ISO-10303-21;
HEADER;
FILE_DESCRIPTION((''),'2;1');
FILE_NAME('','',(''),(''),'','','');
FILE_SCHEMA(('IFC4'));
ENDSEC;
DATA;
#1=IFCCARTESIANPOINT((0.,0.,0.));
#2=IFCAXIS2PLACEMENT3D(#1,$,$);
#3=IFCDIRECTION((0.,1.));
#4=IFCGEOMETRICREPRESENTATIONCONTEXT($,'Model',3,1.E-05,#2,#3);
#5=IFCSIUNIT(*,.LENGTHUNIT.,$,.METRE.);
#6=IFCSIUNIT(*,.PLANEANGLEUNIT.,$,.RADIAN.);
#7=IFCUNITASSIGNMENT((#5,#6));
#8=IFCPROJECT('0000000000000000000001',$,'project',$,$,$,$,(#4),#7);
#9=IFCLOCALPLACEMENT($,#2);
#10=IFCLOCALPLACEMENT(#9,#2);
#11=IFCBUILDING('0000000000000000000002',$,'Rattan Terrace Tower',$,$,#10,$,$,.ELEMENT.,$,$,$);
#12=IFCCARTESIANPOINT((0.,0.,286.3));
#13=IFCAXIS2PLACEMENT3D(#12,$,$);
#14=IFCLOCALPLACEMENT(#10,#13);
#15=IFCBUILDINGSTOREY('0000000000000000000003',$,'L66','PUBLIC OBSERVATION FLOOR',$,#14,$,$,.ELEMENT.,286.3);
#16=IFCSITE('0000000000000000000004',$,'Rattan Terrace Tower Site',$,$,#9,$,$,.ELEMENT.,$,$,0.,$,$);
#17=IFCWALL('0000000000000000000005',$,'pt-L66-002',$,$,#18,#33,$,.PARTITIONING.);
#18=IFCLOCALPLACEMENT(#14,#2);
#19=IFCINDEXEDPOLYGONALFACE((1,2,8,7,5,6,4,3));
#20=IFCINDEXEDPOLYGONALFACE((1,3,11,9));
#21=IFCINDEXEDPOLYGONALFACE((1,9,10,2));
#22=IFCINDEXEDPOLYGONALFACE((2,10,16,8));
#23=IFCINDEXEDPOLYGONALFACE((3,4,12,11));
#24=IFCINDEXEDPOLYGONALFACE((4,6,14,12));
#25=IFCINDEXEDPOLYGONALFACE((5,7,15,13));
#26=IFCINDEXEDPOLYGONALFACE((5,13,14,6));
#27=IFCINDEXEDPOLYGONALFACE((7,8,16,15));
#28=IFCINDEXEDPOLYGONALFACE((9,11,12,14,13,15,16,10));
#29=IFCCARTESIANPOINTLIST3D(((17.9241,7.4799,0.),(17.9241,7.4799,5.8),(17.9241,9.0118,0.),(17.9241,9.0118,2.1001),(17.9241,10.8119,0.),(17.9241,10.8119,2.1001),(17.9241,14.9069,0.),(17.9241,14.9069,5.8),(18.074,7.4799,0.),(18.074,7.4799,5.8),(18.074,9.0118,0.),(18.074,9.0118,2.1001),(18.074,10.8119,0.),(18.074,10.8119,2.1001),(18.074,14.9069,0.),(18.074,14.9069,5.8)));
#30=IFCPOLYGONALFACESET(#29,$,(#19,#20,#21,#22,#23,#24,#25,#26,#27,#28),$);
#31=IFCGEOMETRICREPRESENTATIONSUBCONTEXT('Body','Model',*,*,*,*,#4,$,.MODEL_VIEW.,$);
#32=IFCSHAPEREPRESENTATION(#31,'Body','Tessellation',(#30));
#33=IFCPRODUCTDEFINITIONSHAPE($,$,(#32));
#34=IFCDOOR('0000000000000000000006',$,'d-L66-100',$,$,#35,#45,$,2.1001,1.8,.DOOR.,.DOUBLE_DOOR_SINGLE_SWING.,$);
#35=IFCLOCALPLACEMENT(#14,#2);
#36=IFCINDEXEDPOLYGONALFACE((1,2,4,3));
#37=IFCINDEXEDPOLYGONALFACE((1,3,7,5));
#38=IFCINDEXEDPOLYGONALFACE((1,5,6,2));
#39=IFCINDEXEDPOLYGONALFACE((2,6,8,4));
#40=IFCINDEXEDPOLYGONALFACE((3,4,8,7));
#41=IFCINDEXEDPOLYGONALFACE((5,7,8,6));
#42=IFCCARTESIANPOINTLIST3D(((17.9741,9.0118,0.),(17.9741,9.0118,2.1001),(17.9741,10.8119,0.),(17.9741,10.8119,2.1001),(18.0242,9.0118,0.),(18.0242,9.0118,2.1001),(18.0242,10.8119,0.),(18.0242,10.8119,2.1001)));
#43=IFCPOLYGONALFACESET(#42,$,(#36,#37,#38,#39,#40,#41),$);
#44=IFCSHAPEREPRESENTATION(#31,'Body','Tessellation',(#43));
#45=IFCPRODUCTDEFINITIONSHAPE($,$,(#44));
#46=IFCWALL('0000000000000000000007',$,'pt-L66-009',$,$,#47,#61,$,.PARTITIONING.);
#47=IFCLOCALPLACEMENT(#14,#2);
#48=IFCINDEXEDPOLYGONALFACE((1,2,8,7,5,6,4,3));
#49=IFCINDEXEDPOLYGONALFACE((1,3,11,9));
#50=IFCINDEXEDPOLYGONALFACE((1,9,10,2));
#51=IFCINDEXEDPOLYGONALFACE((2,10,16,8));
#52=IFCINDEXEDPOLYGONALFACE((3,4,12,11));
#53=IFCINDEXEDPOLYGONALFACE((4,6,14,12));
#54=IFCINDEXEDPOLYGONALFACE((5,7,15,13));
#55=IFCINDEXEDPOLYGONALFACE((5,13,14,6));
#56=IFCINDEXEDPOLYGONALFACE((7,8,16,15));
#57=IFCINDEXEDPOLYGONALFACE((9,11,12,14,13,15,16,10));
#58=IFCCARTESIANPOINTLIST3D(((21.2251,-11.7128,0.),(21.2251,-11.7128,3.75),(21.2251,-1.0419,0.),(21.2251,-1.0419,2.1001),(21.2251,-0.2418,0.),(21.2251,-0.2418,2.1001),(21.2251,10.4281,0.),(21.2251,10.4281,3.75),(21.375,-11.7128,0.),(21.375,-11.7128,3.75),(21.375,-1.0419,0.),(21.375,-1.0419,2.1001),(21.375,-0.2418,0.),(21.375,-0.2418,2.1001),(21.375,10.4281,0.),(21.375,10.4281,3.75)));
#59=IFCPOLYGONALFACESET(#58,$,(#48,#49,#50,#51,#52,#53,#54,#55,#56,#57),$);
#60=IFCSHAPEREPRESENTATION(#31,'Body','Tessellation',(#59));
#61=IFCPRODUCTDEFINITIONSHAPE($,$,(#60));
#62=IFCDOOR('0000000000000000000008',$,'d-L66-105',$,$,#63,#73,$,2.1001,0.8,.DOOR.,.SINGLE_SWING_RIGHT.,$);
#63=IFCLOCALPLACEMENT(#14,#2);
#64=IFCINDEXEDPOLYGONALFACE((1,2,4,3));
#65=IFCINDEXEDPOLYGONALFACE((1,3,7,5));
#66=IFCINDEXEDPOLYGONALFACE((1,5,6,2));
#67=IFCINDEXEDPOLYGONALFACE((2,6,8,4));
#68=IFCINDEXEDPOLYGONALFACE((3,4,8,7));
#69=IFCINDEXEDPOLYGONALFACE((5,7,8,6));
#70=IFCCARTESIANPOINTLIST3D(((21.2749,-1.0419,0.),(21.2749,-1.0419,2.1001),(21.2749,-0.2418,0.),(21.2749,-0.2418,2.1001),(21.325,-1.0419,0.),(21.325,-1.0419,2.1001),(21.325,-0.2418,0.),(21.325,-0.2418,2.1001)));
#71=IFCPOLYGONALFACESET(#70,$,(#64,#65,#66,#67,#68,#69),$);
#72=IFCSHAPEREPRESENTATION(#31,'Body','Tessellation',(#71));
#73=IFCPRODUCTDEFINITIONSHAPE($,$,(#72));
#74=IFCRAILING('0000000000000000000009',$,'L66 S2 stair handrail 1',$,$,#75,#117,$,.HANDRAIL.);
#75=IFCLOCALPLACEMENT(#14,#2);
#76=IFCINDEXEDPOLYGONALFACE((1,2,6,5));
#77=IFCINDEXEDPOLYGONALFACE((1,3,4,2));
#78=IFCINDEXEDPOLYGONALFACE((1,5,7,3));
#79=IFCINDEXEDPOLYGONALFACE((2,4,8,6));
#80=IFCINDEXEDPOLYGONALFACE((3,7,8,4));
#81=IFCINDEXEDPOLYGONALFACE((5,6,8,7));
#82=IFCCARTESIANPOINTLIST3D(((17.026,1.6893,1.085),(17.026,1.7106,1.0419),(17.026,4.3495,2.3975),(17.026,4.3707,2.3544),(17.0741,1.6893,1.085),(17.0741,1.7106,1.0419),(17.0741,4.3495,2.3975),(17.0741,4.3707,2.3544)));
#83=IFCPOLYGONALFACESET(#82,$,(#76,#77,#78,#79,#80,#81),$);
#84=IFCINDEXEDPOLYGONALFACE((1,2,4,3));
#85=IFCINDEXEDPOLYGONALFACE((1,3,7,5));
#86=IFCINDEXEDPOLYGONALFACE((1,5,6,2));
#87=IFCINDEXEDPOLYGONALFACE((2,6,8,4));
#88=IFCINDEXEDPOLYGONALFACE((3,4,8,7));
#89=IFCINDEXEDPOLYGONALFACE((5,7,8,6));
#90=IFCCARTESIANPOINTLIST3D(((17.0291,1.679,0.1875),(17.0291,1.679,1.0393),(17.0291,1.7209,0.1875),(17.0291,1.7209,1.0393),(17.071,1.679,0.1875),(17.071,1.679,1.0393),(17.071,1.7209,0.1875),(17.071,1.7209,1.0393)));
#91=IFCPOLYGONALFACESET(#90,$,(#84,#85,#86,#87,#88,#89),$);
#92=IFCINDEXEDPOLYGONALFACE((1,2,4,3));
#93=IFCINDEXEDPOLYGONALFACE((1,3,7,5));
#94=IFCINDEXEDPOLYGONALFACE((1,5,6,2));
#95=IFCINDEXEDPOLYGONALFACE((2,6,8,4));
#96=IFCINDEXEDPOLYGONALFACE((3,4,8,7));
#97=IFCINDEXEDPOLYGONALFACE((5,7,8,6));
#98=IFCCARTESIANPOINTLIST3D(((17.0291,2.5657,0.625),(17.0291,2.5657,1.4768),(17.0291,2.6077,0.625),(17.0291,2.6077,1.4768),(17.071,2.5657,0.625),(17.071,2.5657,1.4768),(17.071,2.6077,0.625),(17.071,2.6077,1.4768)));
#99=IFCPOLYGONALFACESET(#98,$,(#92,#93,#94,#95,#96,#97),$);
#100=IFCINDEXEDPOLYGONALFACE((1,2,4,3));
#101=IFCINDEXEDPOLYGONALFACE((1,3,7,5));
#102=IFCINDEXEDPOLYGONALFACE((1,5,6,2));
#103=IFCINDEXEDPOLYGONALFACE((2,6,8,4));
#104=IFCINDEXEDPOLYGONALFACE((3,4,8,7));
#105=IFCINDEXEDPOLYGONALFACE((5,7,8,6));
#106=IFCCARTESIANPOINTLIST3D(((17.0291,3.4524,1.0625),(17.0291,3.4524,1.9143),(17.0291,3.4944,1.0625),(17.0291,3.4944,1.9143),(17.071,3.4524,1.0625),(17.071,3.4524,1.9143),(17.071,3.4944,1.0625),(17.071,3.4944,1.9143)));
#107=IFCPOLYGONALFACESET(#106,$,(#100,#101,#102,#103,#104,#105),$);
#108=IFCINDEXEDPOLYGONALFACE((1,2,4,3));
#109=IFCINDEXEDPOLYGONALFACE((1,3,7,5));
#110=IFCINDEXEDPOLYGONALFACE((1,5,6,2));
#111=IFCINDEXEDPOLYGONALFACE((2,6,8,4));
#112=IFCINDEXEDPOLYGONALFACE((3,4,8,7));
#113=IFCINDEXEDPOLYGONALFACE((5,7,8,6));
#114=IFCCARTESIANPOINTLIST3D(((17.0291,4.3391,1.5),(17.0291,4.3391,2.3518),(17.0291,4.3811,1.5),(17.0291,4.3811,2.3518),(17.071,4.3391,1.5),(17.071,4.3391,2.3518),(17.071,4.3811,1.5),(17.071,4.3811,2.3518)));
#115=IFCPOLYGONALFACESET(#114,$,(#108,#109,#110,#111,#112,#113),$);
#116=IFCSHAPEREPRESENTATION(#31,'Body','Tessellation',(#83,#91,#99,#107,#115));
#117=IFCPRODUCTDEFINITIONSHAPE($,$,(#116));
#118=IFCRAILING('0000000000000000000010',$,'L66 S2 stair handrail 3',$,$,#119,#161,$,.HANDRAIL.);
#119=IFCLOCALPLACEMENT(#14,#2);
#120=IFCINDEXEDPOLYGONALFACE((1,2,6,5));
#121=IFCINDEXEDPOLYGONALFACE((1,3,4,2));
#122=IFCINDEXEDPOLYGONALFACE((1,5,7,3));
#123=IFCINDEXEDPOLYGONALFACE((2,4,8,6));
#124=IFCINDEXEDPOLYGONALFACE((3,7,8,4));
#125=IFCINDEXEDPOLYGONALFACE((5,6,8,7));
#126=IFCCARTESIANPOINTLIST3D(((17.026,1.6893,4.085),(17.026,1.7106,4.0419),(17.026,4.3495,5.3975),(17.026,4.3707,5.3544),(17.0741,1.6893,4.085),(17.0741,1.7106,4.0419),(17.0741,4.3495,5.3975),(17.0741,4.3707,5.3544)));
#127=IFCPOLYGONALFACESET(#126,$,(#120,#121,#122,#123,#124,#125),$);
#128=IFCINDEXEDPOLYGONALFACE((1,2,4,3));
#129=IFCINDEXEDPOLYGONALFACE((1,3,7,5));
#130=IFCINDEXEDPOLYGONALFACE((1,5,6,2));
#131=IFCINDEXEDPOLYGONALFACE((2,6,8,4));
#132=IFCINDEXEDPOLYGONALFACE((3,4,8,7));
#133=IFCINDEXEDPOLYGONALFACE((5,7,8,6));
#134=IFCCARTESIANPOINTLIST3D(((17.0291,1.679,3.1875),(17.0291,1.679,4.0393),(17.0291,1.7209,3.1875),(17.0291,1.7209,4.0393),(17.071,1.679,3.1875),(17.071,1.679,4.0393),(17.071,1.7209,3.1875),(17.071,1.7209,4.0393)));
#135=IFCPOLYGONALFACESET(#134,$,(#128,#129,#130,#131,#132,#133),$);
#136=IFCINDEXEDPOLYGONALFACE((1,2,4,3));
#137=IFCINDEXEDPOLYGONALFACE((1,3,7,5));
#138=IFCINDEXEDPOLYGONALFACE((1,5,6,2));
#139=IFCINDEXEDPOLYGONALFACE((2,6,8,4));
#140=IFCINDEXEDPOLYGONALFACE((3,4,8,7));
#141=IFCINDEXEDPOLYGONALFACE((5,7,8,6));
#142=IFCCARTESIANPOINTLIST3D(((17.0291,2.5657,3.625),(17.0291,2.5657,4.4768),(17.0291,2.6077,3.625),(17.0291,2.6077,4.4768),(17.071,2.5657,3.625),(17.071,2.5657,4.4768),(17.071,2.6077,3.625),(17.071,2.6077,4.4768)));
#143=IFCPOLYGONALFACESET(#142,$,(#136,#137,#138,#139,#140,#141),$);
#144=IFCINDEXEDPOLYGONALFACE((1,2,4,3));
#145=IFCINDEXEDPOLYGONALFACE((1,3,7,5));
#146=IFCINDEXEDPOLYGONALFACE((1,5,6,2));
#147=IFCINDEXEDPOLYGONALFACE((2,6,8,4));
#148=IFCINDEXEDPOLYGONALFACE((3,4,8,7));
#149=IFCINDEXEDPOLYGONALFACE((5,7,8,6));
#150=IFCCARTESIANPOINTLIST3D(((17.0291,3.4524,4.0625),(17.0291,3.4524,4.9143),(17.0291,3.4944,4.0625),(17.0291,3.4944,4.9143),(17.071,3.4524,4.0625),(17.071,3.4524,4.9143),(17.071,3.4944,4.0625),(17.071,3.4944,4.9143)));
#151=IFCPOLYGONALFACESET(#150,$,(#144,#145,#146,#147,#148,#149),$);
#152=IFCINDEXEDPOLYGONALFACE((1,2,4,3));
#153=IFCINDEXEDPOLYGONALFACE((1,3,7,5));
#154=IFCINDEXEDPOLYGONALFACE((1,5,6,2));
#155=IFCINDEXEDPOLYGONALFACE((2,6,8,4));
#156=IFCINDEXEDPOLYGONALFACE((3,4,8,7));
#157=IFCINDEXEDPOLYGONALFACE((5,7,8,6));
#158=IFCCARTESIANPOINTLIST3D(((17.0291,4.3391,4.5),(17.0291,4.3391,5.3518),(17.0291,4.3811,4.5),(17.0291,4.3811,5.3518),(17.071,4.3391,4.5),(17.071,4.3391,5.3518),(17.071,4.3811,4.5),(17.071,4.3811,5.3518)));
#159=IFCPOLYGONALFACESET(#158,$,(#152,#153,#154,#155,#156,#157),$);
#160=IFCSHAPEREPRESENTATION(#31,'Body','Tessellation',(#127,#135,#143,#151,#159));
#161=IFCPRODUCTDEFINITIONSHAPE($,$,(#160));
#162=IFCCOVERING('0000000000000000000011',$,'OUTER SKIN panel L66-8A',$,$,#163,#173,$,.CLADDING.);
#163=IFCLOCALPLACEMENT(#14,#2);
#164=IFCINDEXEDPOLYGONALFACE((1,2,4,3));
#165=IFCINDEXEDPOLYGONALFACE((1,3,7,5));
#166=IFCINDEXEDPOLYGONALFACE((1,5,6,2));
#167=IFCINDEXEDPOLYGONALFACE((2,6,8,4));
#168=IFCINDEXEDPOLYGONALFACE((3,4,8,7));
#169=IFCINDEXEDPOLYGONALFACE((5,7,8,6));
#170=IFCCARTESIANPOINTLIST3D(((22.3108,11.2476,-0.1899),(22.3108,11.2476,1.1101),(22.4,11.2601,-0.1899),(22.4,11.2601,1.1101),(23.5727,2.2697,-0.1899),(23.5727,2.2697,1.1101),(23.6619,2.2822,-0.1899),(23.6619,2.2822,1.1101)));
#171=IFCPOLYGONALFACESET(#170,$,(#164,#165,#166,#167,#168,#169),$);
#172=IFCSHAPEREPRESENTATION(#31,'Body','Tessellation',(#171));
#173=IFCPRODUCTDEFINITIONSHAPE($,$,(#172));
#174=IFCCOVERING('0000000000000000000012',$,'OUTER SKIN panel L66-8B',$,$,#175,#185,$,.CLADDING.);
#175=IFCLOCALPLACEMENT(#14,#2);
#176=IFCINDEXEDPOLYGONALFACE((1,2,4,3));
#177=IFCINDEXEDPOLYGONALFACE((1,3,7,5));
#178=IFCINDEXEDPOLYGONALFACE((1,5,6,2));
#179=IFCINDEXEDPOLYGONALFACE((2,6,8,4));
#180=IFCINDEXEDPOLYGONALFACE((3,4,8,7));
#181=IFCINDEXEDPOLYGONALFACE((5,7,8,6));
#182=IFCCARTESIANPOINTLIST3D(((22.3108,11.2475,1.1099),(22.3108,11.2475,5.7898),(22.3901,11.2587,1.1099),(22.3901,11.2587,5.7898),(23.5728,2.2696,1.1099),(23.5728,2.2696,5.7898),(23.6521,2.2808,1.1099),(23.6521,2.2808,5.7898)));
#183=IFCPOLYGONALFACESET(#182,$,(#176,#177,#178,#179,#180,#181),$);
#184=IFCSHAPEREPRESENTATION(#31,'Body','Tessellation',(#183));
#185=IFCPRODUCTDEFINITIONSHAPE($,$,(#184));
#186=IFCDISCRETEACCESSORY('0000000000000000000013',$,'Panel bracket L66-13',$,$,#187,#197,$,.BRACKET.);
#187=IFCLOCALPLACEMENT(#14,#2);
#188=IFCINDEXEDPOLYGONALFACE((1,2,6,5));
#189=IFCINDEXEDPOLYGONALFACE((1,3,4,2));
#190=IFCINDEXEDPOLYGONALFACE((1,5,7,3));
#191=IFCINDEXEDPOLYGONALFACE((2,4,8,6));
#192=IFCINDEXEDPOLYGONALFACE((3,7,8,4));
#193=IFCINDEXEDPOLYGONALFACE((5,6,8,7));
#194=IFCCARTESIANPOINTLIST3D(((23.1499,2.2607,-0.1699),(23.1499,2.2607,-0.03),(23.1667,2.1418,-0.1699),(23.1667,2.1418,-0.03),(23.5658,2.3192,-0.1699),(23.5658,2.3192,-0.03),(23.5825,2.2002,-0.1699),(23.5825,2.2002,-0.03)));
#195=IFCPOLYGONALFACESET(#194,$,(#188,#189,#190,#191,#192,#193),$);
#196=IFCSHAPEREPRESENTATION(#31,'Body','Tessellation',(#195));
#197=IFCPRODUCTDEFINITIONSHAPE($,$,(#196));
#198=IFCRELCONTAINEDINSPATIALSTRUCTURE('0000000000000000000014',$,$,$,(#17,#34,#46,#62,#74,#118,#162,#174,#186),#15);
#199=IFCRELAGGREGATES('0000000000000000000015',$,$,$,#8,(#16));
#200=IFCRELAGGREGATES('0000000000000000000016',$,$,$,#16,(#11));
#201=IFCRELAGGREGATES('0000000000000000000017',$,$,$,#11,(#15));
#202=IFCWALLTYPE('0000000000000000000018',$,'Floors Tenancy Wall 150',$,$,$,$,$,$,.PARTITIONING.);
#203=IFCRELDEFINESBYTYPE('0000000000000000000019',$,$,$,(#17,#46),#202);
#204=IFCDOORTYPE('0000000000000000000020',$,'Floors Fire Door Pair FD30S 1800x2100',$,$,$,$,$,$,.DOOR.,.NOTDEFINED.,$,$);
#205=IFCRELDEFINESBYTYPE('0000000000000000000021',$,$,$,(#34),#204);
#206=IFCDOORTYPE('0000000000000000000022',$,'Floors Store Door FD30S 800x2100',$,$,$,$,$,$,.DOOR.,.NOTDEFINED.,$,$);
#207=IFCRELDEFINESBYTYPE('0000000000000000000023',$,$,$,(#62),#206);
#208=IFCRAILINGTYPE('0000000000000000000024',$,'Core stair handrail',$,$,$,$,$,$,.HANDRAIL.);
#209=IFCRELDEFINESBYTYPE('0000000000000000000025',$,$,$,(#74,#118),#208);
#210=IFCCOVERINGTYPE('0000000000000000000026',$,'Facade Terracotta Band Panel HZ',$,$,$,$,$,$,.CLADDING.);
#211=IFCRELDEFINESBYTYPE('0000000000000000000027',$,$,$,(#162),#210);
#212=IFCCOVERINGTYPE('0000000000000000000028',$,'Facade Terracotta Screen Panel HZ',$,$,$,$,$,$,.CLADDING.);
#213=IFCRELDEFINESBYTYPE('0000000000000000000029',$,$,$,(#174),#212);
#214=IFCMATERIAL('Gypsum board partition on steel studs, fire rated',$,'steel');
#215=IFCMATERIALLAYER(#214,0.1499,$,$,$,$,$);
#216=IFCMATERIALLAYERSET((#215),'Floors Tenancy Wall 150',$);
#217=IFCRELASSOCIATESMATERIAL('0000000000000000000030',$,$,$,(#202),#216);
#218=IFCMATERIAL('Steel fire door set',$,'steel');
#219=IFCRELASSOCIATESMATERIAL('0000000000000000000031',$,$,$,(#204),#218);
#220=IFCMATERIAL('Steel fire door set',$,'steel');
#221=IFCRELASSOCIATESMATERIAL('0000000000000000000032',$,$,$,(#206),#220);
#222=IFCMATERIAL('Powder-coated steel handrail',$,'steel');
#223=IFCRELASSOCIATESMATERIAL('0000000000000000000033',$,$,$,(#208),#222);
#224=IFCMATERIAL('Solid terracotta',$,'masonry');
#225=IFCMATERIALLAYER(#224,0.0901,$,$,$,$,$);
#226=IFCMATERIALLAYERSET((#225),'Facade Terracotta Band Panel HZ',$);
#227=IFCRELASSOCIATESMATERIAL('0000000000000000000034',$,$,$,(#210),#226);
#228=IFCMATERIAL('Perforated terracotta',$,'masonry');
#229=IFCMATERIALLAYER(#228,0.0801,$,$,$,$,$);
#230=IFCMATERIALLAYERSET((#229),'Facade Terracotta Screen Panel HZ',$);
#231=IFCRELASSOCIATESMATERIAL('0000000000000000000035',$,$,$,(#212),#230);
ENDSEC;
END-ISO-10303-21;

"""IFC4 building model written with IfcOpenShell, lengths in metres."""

from ifc_helpers import new_model, si_unit, direction, frame, frame_2d, origin, origin_2d, place, context, subcontext, project, spatial, rectangle, extrude, material, layer, layer_set, type_object, element, fill, save


model = new_model("IFC4")

# Units and contexts
model_context = context("Model", 3, precision=1e-05, world=origin(), true_north=direction((0.0, 1.0)))
body_context = subcontext(model_context, "Body", "Model", "MODEL_VIEW")
ifc_project = project(units=[si_unit("LENGTHUNIT", "METRE"), si_unit("PLANEANGLEUNIT", "RADIAN")], contexts=[model_context])

# Site, building, storey
site_placement = place(None, origin())
site = spatial("IfcSite", under=ifc_project, at=site_placement, Name="Rattan Terrace Tower Site", CompositionType="ELEMENT", RefElevation=0.0)
building_placement = place(site_placement, origin())
building = spatial("IfcBuilding", under=site, at=building_placement, Name="Rattan Terrace Tower", CompositionType="ELEMENT")
storey_placement = place(building_placement, frame((0.0, 0.0, 286.3)))
storey = spatial("IfcBuildingStorey", under=building, at=storey_placement, Name="L66", Description="PUBLIC OBSERVATION FLOOR", CompositionType="ELEMENT", Elevation=286.3)

# Walls, openings, doors
ifc_material_1 = material(Name="Gypsum board partition on steel studs, fire rated", Category="steel")
ifc_layer_1 = layer(ifc_material_1, 0.1499)
ifc_layer_set_1 = layer_set([ifc_layer_1], Name="Floors Tenancy Wall 150")
wall_type = type_object("IfcWallType", Name="Floors Tenancy Wall 150", PredefinedType="PARTITIONING", material=ifc_layer_set_1)
wall_1_placement = place(storey_placement, frame((17.999, 7.48, 0.0), z_axis=(0.0, 0.0, 1.0), x_axis=(0.0, 1.0, 0.0)))
wall_1 = element("IfcWall", 1, at=wall_1_placement, inside=storey, type_object=wall_type, Name="pt-L66-002", PredefinedType="PARTITIONING", context=body_context, shape_type="SweptSolid", body=[
    extrude(rectangle(XDim=7.427, YDim=0.1499, at=frame_2d((3.7134, 0.0))), origin(), (0.0, 0.0, 1.0), 5.8),
])
opening_1_placement = place(wall_1_placement, frame((1.532, 0.0, 0.0)))
opening_1 = element("IfcOpeningElement", 2, at=opening_1_placement, cuts=wall_1, PredefinedType="OPENING", context=body_context, shape_type="SweptSolid", body=[
    extrude(rectangle(XDim=1.8, YDim=2.1001, at=frame_2d((0.8999, 1.05))), frame((0.0, 0.0854, 0.0), z_axis=(0.0, -1.0, 0.0), x_axis=(1.0, 0.0, 0.0)), (0.0, 0.0, 1.0), 0.1709),
])
ifc_material_2 = material(Name="Steel fire door set", Category="steel")
door_type_1 = type_object("IfcDoorType", Name="Floors Fire Door Pair FD30S 1800x2100", OperationType="NOTDEFINED", PredefinedType="DOOR", material=ifc_material_2)
door_1_placement = place(opening_1_placement, origin())
door_1 = element("IfcDoor", 3, at=door_1_placement, inside=storey, type_object=door_type_1, Name="d-L66-100", OperationType="DOUBLE_DOOR_SINGLE_SWING", OverallHeight=2.1001, OverallWidth=1.8, PredefinedType="DOOR", context=body_context, shape_type="SweptSolid", body=[
    extrude(rectangle(XDim=1.8, YDim=2.1001, at=frame_2d((0.8999, 1.05))), frame((0.0, 0.0249, 0.0), z_axis=(0.0, -1.0, 0.0), x_axis=(1.0, 0.0, 0.0)), (0.0, 0.0, 1.0), 0.05),
])
fill(opening_1, door_1)
wall_2_placement = place(storey_placement, frame((21.3, 10.428, 0.0), z_axis=(0.0, 0.0, 1.0), x_axis=(0.0, -1.0, 0.0)))
wall_2 = element("IfcWall", 4, at=wall_2_placement, inside=storey, type_object=wall_type, Name="pt-L66-009", PredefinedType="PARTITIONING", context=body_context, shape_type="SweptSolid", body=[
    extrude(rectangle(XDim=22.1409, YDim=0.1499, at=frame_2d((11.0703, 0.0))), origin(), (0.0, 0.0, 1.0), 3.75),
])
opening_2_placement = place(wall_2_placement, frame((10.6699, 0.0, 0.0)))
opening_2 = element("IfcOpeningElement", 5, at=opening_2_placement, cuts=wall_2, PredefinedType="OPENING", context=body_context, shape_type="SweptSolid", body=[
    extrude(rectangle(XDim=0.8, YDim=2.1001, at=frame_2d((0.3999, 1.05))), frame((0.0, 0.0854, 0.0), z_axis=(0.0, -1.0, 0.0), x_axis=(1.0, 0.0, 0.0)), (0.0, 0.0, 1.0), 0.1709),
])
ifc_material_3 = material(Name="Steel fire door set", Category="steel")
door_type_2 = type_object("IfcDoorType", Name="Floors Store Door FD30S 800x2100", OperationType="NOTDEFINED", PredefinedType="DOOR", material=ifc_material_3)
door_2_placement = place(opening_2_placement, origin())
door_2 = element("IfcDoor", 6, at=door_2_placement, inside=storey, type_object=door_type_2, Name="d-L66-105", OperationType="SINGLE_SWING_RIGHT", OverallHeight=2.1001, OverallWidth=0.8, PredefinedType="DOOR", context=body_context, shape_type="SweptSolid", body=[
    extrude(rectangle(XDim=0.8, YDim=2.1001, at=frame_2d((0.3999, 1.05))), frame((0.0, 0.0249, 0.0), z_axis=(0.0, -1.0, 0.0), x_axis=(1.0, 0.0, 0.0)), (0.0, 0.0, 1.0), 0.05),
])
fill(opening_2, door_2)

# Railings
ifc_material_4 = material(Name="Powder-coated steel handrail", Category="steel")
railing_type = type_object("IfcRailingType", Name="Core stair handrail", PredefinedType="HANDRAIL", material=ifc_material_4)
for number, where, name in (
    (7, (17.05, 1.7, 0.1875), "L66 S2 stair handrail 1"),
    (8, (17.05, 1.7, 3.1875), "L66 S2 stair handrail 3"),
):
    element("IfcRailing", number, at=place(storey_placement, frame(where)), inside=storey, type_object=railing_type, Name=name, PredefinedType="HANDRAIL", context=body_context, shape_type="SweptSolid", body=[
        extrude(rectangle(XDim=0.0481, YDim=0.0481, at=origin_2d()), frame((0.0, 0.0, 0.876), z_axis=(0.0, 0.896785, 0.442467), x_axis=(-1.0, 0.0, 0.0)), (0.0, 0.0, 1.0), 2.9663),
        extrude(rectangle(XDim=0.042, YDim=0.042, at=origin_2d()), origin(), (0.0, 0.0, 1.0), 0.8518),
        extrude(rectangle(XDim=0.042, YDim=0.042, at=origin_2d()), frame((0.0, 0.8867, 0.4375)), (0.0, 0.0, 1.0), 0.8518),
        extrude(rectangle(XDim=0.042, YDim=0.042, at=origin_2d()), frame((0.0, 1.7734, 0.875)), (0.0, 0.0, 1.0), 0.8518),
        extrude(rectangle(XDim=0.042, YDim=0.042, at=origin_2d()), frame((0.0, 2.6602, 1.3125)), (0.0, 0.0, 1.0), 0.8518),
    ])

# Coverings
ifc_material_5 = material(Name="Solid terracotta", Category="masonry")
ifc_layer_2 = layer(ifc_material_5, 0.0901)
ifc_layer_set_2 = layer_set([ifc_layer_2], Name="Facade Terracotta Band Panel HZ")
covering_type_1 = type_object("IfcCoveringType", Name="Facade Terracotta Band Panel HZ", PredefinedType="CLADDING", material=ifc_layer_set_2)
covering_1_placement = place(storey_placement, frame((22.9863, 6.7649, -0.1899), z_axis=(0.0, 0.0, 1.0), x_axis=(-0.139192, 0.990265, 0.0)))
element("IfcCovering", 9, at=covering_1_placement, inside=storey, type_object=covering_type_1, Name="OUTER SKIN panel L66-8A", PredefinedType="CLADDING", context=body_context, shape_type="SweptSolid", body=[
    extrude(rectangle(XDim=9.0662, YDim=0.0901, at=origin_2d()), origin(), (0.0, 0.0, 1.0), 1.3),
])
ifc_material_6 = material(Name="Perforated terracotta", Category="masonry")
ifc_layer_3 = layer(ifc_material_6, 0.0801)
ifc_layer_set_3 = layer_set([ifc_layer_3], Name="Facade Terracotta Screen Panel HZ")
covering_type_2 = type_object("IfcCoveringType", Name="Facade Terracotta Screen Panel HZ", PredefinedType="CLADDING", material=ifc_layer_set_3)
covering_2_placement = place(storey_placement, frame((22.9814, 6.7642, 1.1099), z_axis=(0.0, 0.0, 1.0), x_axis=(-0.139192, 0.990265, 0.0)))
element("IfcCovering", 10, at=covering_2_placement, inside=storey, type_object=covering_type_2, Name="OUTER SKIN panel L66-8B", PredefinedType="CLADDING", context=body_context, shape_type="SweptSolid", body=[
    extrude(rectangle(XDim=9.0662, YDim=0.0801, at=origin_2d()), origin(), (0.0, 0.0, 1.0), 4.6799),
])

# Discrete accessory
for number, where, z_axis, x_axis, name in (
    (11, (23.3662, 2.2305, -0.1699), (0.0, 0.0, 1.0), (-0.139192, 0.990265, 0.0), "Panel bracket L66-13"),
):
    element("IfcDiscreteAccessory", number, at=place(storey_placement, frame(where, z_axis=z_axis, x_axis=x_axis)), inside=storey, Name=name, PredefinedType="BRACKET", context=body_context, shape_type="SweptSolid", body=[
        extrude(rectangle(XDim=0.1201, YDim=0.4199, at=origin_2d()), origin(), (0.0, 0.0, 1.0), 0.1399),
    ])

save(model, "model.ifc")
